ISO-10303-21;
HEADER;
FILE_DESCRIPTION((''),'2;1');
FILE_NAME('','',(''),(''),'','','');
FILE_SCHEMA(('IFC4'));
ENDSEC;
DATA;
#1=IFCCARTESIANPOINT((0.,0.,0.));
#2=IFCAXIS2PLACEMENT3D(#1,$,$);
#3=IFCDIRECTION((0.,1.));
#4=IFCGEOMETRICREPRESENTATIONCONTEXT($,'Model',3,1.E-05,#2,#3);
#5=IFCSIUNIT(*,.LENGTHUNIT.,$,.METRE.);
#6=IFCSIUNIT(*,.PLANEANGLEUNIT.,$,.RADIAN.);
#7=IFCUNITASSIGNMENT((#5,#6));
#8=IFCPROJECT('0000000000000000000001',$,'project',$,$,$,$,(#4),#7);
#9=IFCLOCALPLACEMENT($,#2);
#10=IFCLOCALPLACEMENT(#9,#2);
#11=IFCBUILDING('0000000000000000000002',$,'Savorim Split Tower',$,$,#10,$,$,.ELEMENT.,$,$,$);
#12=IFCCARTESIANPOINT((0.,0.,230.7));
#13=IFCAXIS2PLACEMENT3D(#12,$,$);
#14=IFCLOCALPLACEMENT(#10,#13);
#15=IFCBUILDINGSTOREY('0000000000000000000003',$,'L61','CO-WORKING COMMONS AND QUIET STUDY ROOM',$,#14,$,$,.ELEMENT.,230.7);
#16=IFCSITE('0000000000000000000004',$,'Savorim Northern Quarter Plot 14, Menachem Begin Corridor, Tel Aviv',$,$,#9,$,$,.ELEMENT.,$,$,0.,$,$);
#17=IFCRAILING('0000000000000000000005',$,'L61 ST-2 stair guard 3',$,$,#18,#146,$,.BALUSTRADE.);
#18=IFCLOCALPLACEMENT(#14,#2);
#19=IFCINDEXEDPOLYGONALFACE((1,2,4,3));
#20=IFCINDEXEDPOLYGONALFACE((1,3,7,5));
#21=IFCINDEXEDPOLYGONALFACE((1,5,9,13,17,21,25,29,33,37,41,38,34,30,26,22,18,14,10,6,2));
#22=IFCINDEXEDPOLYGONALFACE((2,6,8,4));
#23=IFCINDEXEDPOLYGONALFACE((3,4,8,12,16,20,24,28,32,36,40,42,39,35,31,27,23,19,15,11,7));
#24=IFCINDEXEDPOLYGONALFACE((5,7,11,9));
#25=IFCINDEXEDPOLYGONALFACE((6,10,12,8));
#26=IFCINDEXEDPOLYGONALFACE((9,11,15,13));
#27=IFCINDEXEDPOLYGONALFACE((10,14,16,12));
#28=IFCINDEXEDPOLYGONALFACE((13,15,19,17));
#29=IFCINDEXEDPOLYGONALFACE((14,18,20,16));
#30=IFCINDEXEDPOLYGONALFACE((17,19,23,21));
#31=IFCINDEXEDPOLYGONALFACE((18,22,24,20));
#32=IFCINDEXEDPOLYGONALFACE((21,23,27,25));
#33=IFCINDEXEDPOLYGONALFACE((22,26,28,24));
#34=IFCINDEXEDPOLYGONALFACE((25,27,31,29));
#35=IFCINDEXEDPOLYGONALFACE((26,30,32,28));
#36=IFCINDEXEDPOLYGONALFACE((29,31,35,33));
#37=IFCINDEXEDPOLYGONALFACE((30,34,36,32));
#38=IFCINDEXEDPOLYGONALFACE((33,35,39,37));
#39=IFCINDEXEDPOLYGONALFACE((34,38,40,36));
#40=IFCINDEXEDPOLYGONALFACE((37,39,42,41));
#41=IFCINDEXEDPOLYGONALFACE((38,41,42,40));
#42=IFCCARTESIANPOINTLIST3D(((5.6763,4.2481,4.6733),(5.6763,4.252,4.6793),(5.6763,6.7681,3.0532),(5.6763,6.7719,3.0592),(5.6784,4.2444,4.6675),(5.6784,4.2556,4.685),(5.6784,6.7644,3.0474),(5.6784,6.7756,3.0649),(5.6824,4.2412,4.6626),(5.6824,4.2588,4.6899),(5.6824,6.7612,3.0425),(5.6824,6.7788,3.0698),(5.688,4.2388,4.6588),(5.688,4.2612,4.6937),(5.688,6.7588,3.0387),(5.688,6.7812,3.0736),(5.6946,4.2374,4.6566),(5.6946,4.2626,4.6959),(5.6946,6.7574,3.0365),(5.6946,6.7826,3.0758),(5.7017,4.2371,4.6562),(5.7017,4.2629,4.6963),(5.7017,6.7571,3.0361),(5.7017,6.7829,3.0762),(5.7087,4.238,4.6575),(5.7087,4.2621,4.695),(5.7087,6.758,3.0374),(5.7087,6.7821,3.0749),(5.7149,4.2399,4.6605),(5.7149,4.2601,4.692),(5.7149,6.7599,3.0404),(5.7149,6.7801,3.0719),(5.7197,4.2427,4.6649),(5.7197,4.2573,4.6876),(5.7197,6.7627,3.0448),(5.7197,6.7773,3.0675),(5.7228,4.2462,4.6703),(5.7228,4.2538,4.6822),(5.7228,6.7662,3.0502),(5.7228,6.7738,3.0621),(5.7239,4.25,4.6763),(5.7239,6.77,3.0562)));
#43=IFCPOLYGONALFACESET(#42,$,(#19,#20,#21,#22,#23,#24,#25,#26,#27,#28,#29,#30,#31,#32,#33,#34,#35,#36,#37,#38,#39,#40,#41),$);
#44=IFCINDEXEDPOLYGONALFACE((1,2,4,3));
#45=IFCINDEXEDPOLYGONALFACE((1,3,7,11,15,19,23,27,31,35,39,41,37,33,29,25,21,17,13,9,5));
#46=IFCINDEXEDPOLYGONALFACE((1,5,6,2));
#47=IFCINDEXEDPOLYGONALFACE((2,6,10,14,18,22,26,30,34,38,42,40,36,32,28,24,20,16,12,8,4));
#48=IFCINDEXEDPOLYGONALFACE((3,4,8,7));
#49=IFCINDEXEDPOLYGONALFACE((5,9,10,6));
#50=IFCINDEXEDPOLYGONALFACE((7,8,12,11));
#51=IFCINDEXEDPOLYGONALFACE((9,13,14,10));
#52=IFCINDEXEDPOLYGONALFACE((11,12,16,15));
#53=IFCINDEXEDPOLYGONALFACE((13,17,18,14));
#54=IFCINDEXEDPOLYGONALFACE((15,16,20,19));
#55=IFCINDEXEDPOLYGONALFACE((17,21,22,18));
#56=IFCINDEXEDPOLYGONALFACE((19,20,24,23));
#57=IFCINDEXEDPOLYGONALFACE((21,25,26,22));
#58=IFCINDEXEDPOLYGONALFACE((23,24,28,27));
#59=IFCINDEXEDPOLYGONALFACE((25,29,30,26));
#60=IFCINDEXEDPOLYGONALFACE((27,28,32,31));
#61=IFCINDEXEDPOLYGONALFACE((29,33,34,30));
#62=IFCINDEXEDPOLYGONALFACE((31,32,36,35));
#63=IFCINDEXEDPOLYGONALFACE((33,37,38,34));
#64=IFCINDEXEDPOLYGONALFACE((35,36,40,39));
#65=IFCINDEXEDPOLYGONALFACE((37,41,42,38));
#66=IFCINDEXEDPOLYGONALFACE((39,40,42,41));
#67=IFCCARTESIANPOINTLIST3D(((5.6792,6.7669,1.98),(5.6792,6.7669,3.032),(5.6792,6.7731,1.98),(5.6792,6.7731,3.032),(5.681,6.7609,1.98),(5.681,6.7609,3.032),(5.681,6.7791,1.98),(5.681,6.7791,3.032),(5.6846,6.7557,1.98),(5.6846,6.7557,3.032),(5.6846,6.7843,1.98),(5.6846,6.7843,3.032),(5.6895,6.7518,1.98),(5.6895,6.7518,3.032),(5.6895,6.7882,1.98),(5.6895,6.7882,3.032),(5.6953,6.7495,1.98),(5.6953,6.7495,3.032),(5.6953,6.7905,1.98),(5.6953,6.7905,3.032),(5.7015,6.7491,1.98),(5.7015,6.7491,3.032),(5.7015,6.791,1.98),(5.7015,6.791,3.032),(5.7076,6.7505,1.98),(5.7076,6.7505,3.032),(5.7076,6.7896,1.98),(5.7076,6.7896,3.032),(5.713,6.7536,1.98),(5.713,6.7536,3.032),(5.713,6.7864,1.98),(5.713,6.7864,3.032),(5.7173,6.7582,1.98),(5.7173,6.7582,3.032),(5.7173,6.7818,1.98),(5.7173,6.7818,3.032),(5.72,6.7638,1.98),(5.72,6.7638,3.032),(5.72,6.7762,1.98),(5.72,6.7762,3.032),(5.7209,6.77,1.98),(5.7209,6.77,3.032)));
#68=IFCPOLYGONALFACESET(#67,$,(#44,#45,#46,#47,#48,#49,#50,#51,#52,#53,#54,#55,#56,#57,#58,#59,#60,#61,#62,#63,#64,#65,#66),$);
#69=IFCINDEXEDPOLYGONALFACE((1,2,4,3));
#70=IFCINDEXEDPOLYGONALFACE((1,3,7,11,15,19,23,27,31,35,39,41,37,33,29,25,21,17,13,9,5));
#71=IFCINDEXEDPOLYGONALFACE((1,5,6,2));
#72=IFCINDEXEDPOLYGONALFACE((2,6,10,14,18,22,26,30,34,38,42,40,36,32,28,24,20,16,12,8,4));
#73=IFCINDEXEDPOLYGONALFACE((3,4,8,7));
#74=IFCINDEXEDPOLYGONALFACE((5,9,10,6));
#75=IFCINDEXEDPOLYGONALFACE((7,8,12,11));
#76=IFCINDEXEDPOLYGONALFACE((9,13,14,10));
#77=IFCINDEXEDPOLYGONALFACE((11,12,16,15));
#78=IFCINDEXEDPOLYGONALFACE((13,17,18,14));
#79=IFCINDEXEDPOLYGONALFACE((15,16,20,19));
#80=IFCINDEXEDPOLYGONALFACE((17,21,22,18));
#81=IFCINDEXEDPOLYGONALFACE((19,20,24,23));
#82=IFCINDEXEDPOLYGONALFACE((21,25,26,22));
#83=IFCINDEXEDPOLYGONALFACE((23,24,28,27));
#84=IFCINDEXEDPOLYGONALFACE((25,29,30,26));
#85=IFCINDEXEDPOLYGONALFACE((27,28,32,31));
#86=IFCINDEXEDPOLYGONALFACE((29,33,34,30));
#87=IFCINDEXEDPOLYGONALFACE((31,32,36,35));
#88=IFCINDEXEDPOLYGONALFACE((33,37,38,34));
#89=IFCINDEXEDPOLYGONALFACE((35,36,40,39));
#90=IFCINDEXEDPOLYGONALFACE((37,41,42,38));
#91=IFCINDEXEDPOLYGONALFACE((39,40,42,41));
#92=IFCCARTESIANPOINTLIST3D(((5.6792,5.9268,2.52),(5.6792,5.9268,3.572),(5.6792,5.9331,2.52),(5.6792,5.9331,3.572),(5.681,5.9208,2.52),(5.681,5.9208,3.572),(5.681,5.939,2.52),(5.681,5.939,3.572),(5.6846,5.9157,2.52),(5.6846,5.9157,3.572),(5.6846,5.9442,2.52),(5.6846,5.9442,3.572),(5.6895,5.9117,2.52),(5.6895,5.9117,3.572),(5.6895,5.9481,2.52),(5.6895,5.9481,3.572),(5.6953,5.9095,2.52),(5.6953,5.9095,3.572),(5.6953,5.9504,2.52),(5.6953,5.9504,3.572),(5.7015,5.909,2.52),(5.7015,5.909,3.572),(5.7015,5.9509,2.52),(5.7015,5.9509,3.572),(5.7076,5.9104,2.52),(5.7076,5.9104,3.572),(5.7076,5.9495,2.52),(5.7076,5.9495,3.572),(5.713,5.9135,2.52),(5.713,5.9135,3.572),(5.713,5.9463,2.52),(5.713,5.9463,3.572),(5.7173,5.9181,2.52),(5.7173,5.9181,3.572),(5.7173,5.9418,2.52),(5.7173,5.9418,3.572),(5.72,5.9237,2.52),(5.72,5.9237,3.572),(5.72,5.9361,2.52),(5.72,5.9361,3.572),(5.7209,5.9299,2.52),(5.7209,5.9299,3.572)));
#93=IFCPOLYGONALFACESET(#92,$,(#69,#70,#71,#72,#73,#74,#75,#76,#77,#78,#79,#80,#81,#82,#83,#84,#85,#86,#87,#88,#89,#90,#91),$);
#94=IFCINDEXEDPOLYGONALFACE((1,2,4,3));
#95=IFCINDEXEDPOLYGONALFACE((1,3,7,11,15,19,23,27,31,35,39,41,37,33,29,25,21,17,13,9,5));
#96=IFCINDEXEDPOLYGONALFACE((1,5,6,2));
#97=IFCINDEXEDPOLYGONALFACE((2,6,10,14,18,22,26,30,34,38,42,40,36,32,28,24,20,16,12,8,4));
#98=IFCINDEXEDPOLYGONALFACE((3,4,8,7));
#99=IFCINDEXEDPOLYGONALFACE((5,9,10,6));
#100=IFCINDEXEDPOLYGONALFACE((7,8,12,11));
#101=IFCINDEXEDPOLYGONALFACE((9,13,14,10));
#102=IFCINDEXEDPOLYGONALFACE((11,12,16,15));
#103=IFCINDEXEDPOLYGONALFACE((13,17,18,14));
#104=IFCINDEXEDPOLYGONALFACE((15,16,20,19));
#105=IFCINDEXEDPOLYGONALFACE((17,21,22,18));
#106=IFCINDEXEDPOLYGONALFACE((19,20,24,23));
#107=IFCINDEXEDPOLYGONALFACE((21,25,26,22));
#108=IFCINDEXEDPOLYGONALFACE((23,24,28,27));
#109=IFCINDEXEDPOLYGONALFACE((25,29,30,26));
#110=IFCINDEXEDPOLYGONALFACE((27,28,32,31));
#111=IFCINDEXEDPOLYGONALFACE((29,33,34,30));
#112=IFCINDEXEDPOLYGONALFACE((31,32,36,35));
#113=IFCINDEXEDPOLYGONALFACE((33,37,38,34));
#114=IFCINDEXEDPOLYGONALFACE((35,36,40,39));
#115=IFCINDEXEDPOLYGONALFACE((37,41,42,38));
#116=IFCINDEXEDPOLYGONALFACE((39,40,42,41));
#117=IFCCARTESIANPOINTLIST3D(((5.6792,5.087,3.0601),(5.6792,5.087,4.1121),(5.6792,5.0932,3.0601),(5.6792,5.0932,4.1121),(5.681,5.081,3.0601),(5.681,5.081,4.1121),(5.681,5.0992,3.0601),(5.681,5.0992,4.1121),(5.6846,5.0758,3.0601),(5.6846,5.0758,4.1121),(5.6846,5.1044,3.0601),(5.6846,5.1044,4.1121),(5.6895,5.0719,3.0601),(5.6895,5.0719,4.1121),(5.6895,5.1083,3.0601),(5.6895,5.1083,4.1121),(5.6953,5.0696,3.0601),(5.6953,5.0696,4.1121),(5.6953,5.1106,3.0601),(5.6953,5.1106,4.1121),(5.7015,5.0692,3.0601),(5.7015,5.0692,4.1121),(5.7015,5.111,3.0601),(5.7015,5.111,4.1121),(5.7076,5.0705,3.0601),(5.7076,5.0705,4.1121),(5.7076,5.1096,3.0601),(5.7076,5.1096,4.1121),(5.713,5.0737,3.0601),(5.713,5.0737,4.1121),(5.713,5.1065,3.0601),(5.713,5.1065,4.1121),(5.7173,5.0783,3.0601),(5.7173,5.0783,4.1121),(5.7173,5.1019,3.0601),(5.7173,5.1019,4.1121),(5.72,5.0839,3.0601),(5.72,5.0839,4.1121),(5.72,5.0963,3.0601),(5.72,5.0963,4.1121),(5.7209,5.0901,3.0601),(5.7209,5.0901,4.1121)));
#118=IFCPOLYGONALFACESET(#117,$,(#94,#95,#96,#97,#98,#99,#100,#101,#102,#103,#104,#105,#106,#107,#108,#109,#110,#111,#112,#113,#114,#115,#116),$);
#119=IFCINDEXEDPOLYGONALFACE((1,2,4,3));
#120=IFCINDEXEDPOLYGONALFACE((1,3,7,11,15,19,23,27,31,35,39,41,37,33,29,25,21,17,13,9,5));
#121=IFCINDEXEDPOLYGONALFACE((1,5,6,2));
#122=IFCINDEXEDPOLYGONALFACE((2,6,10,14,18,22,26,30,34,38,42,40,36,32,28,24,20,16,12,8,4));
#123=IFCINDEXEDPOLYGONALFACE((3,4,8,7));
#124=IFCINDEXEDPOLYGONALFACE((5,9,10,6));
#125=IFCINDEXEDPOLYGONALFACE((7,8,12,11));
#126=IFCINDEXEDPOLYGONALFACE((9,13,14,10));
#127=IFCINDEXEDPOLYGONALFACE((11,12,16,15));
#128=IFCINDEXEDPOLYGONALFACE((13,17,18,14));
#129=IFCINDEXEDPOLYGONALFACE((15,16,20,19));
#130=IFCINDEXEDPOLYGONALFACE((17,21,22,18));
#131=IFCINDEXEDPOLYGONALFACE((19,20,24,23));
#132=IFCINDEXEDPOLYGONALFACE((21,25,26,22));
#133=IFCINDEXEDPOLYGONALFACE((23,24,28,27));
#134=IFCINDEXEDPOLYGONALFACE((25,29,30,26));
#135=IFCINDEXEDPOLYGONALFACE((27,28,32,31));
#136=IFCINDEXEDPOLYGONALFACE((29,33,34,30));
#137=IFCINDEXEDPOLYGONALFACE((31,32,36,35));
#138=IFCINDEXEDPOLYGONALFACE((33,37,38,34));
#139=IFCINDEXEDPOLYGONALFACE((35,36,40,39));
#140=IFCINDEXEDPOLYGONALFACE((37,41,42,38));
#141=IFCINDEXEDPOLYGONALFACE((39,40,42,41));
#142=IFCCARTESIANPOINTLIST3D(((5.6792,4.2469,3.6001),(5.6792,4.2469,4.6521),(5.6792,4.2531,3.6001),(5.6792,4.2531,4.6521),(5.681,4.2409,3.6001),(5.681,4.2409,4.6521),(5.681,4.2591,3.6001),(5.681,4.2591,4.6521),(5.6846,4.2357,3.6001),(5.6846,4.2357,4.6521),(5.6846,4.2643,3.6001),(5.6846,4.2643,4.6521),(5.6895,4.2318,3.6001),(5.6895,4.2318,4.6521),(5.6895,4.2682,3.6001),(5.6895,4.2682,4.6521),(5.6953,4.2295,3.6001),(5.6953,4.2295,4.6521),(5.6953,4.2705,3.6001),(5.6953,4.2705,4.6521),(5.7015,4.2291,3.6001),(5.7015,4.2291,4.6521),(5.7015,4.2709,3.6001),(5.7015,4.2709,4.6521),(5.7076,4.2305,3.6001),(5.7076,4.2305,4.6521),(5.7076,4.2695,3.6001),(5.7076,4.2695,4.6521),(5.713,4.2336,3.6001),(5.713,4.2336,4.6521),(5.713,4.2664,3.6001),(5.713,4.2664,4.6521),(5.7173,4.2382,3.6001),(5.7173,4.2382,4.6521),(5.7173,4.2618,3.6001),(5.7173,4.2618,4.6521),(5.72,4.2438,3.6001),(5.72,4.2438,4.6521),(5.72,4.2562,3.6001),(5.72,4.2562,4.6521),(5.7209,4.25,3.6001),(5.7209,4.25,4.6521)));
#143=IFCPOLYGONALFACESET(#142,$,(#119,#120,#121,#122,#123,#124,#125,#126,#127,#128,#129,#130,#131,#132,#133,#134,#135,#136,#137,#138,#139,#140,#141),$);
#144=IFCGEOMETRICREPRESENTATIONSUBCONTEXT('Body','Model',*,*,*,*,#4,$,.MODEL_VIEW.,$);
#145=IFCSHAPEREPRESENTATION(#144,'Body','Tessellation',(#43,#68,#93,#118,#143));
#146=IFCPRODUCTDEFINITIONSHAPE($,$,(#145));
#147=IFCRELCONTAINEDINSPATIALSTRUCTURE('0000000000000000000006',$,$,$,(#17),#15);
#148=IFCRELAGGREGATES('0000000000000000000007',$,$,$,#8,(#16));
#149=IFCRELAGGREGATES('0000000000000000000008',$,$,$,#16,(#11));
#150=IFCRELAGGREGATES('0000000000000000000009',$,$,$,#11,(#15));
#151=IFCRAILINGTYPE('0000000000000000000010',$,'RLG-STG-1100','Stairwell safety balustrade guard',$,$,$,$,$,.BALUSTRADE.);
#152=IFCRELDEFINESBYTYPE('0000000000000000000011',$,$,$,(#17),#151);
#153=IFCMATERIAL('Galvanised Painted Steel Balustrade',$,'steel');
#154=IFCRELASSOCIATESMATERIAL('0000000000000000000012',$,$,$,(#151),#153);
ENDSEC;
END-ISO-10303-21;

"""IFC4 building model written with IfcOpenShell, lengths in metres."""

from ifc_helpers import new_model, si_unit, direction, frame, origin, origin_2d, place, context, subcontext, project, spatial, circle, extrude, material, type_object, element, save


model = new_model("IFC4")

# Units and contexts
model_context = context("Model", 3, precision=1e-05, world=origin(), true_north=direction((0.0, 1.0)))
body_context = subcontext(model_context, "Body", "Model", "MODEL_VIEW")
ifc_project = project(units=[si_unit("LENGTHUNIT", "METRE"), si_unit("PLANEANGLEUNIT", "RADIAN")], contexts=[model_context])

# Site, building, storey
site_placement = place(None, origin())
site = spatial("IfcSite", under=ifc_project, at=site_placement, Name="Savorim Northern Quarter Plot 14, Menachem Begin Corridor, Tel Aviv", CompositionType="ELEMENT", RefElevation=0.0)
building_placement = place(site_placement, origin())
building = spatial("IfcBuilding", under=site, at=building_placement, Name="Savorim Split Tower", CompositionType="ELEMENT")
storey_placement = place(building_placement, frame((0.0, 0.0, 230.7)))
storey = spatial("IfcBuildingStorey", under=building, at=storey_placement, Name="L61", Description="CO-WORKING COMMONS AND QUIET STUDY ROOM", CompositionType="ELEMENT", Elevation=230.7)

# Railing
ifc_material_1 = material(Name="Galvanised Painted Steel Balustrade", Category="steel")
railing_type_1 = type_object("IfcRailingType", Name="RLG-STG-1100", Description="Stairwell safety balustrade guard", PredefinedType="BALUSTRADE", material=ifc_material_1)
railing_1_placement = place(storey_placement, frame((5.7, 6.77, 1.98)))
element("IfcRailing", 1, at=railing_1_placement, inside=storey, type_object=railing_type_1, Name="L61 ST-2 stair guard 3", PredefinedType="BALUSTRADE", context=body_context, shape_type="SweptSolid", body=[
    extrude(circle(Radius=0.0239, at=origin_2d()), frame((0.0, 0.0, 1.0762), z_axis=(0.0, -0.841163, 0.540782), x_axis=(1.0, 0.0, 0.0)), (0.0, 0.0, 1.0), 2.9958),
    extrude(circle(Radius=0.021, at=origin_2d()), origin(), (0.0, 0.0, 1.0), 1.052),
    extrude(circle(Radius=0.021, at=origin_2d()), frame((0.0, -0.8401, 0.54)), (0.0, 0.0, 1.0), 1.052),
    extrude(circle(Radius=0.021, at=origin_2d()), frame((0.0, -1.6799, 1.0801)), (0.0, 0.0, 1.0), 1.052),
    extrude(circle(Radius=0.021, at=origin_2d()), frame((0.0, -2.52, 1.6201)), (0.0, 0.0, 1.0), 1.052),
])

save(model, "model.ifc")
